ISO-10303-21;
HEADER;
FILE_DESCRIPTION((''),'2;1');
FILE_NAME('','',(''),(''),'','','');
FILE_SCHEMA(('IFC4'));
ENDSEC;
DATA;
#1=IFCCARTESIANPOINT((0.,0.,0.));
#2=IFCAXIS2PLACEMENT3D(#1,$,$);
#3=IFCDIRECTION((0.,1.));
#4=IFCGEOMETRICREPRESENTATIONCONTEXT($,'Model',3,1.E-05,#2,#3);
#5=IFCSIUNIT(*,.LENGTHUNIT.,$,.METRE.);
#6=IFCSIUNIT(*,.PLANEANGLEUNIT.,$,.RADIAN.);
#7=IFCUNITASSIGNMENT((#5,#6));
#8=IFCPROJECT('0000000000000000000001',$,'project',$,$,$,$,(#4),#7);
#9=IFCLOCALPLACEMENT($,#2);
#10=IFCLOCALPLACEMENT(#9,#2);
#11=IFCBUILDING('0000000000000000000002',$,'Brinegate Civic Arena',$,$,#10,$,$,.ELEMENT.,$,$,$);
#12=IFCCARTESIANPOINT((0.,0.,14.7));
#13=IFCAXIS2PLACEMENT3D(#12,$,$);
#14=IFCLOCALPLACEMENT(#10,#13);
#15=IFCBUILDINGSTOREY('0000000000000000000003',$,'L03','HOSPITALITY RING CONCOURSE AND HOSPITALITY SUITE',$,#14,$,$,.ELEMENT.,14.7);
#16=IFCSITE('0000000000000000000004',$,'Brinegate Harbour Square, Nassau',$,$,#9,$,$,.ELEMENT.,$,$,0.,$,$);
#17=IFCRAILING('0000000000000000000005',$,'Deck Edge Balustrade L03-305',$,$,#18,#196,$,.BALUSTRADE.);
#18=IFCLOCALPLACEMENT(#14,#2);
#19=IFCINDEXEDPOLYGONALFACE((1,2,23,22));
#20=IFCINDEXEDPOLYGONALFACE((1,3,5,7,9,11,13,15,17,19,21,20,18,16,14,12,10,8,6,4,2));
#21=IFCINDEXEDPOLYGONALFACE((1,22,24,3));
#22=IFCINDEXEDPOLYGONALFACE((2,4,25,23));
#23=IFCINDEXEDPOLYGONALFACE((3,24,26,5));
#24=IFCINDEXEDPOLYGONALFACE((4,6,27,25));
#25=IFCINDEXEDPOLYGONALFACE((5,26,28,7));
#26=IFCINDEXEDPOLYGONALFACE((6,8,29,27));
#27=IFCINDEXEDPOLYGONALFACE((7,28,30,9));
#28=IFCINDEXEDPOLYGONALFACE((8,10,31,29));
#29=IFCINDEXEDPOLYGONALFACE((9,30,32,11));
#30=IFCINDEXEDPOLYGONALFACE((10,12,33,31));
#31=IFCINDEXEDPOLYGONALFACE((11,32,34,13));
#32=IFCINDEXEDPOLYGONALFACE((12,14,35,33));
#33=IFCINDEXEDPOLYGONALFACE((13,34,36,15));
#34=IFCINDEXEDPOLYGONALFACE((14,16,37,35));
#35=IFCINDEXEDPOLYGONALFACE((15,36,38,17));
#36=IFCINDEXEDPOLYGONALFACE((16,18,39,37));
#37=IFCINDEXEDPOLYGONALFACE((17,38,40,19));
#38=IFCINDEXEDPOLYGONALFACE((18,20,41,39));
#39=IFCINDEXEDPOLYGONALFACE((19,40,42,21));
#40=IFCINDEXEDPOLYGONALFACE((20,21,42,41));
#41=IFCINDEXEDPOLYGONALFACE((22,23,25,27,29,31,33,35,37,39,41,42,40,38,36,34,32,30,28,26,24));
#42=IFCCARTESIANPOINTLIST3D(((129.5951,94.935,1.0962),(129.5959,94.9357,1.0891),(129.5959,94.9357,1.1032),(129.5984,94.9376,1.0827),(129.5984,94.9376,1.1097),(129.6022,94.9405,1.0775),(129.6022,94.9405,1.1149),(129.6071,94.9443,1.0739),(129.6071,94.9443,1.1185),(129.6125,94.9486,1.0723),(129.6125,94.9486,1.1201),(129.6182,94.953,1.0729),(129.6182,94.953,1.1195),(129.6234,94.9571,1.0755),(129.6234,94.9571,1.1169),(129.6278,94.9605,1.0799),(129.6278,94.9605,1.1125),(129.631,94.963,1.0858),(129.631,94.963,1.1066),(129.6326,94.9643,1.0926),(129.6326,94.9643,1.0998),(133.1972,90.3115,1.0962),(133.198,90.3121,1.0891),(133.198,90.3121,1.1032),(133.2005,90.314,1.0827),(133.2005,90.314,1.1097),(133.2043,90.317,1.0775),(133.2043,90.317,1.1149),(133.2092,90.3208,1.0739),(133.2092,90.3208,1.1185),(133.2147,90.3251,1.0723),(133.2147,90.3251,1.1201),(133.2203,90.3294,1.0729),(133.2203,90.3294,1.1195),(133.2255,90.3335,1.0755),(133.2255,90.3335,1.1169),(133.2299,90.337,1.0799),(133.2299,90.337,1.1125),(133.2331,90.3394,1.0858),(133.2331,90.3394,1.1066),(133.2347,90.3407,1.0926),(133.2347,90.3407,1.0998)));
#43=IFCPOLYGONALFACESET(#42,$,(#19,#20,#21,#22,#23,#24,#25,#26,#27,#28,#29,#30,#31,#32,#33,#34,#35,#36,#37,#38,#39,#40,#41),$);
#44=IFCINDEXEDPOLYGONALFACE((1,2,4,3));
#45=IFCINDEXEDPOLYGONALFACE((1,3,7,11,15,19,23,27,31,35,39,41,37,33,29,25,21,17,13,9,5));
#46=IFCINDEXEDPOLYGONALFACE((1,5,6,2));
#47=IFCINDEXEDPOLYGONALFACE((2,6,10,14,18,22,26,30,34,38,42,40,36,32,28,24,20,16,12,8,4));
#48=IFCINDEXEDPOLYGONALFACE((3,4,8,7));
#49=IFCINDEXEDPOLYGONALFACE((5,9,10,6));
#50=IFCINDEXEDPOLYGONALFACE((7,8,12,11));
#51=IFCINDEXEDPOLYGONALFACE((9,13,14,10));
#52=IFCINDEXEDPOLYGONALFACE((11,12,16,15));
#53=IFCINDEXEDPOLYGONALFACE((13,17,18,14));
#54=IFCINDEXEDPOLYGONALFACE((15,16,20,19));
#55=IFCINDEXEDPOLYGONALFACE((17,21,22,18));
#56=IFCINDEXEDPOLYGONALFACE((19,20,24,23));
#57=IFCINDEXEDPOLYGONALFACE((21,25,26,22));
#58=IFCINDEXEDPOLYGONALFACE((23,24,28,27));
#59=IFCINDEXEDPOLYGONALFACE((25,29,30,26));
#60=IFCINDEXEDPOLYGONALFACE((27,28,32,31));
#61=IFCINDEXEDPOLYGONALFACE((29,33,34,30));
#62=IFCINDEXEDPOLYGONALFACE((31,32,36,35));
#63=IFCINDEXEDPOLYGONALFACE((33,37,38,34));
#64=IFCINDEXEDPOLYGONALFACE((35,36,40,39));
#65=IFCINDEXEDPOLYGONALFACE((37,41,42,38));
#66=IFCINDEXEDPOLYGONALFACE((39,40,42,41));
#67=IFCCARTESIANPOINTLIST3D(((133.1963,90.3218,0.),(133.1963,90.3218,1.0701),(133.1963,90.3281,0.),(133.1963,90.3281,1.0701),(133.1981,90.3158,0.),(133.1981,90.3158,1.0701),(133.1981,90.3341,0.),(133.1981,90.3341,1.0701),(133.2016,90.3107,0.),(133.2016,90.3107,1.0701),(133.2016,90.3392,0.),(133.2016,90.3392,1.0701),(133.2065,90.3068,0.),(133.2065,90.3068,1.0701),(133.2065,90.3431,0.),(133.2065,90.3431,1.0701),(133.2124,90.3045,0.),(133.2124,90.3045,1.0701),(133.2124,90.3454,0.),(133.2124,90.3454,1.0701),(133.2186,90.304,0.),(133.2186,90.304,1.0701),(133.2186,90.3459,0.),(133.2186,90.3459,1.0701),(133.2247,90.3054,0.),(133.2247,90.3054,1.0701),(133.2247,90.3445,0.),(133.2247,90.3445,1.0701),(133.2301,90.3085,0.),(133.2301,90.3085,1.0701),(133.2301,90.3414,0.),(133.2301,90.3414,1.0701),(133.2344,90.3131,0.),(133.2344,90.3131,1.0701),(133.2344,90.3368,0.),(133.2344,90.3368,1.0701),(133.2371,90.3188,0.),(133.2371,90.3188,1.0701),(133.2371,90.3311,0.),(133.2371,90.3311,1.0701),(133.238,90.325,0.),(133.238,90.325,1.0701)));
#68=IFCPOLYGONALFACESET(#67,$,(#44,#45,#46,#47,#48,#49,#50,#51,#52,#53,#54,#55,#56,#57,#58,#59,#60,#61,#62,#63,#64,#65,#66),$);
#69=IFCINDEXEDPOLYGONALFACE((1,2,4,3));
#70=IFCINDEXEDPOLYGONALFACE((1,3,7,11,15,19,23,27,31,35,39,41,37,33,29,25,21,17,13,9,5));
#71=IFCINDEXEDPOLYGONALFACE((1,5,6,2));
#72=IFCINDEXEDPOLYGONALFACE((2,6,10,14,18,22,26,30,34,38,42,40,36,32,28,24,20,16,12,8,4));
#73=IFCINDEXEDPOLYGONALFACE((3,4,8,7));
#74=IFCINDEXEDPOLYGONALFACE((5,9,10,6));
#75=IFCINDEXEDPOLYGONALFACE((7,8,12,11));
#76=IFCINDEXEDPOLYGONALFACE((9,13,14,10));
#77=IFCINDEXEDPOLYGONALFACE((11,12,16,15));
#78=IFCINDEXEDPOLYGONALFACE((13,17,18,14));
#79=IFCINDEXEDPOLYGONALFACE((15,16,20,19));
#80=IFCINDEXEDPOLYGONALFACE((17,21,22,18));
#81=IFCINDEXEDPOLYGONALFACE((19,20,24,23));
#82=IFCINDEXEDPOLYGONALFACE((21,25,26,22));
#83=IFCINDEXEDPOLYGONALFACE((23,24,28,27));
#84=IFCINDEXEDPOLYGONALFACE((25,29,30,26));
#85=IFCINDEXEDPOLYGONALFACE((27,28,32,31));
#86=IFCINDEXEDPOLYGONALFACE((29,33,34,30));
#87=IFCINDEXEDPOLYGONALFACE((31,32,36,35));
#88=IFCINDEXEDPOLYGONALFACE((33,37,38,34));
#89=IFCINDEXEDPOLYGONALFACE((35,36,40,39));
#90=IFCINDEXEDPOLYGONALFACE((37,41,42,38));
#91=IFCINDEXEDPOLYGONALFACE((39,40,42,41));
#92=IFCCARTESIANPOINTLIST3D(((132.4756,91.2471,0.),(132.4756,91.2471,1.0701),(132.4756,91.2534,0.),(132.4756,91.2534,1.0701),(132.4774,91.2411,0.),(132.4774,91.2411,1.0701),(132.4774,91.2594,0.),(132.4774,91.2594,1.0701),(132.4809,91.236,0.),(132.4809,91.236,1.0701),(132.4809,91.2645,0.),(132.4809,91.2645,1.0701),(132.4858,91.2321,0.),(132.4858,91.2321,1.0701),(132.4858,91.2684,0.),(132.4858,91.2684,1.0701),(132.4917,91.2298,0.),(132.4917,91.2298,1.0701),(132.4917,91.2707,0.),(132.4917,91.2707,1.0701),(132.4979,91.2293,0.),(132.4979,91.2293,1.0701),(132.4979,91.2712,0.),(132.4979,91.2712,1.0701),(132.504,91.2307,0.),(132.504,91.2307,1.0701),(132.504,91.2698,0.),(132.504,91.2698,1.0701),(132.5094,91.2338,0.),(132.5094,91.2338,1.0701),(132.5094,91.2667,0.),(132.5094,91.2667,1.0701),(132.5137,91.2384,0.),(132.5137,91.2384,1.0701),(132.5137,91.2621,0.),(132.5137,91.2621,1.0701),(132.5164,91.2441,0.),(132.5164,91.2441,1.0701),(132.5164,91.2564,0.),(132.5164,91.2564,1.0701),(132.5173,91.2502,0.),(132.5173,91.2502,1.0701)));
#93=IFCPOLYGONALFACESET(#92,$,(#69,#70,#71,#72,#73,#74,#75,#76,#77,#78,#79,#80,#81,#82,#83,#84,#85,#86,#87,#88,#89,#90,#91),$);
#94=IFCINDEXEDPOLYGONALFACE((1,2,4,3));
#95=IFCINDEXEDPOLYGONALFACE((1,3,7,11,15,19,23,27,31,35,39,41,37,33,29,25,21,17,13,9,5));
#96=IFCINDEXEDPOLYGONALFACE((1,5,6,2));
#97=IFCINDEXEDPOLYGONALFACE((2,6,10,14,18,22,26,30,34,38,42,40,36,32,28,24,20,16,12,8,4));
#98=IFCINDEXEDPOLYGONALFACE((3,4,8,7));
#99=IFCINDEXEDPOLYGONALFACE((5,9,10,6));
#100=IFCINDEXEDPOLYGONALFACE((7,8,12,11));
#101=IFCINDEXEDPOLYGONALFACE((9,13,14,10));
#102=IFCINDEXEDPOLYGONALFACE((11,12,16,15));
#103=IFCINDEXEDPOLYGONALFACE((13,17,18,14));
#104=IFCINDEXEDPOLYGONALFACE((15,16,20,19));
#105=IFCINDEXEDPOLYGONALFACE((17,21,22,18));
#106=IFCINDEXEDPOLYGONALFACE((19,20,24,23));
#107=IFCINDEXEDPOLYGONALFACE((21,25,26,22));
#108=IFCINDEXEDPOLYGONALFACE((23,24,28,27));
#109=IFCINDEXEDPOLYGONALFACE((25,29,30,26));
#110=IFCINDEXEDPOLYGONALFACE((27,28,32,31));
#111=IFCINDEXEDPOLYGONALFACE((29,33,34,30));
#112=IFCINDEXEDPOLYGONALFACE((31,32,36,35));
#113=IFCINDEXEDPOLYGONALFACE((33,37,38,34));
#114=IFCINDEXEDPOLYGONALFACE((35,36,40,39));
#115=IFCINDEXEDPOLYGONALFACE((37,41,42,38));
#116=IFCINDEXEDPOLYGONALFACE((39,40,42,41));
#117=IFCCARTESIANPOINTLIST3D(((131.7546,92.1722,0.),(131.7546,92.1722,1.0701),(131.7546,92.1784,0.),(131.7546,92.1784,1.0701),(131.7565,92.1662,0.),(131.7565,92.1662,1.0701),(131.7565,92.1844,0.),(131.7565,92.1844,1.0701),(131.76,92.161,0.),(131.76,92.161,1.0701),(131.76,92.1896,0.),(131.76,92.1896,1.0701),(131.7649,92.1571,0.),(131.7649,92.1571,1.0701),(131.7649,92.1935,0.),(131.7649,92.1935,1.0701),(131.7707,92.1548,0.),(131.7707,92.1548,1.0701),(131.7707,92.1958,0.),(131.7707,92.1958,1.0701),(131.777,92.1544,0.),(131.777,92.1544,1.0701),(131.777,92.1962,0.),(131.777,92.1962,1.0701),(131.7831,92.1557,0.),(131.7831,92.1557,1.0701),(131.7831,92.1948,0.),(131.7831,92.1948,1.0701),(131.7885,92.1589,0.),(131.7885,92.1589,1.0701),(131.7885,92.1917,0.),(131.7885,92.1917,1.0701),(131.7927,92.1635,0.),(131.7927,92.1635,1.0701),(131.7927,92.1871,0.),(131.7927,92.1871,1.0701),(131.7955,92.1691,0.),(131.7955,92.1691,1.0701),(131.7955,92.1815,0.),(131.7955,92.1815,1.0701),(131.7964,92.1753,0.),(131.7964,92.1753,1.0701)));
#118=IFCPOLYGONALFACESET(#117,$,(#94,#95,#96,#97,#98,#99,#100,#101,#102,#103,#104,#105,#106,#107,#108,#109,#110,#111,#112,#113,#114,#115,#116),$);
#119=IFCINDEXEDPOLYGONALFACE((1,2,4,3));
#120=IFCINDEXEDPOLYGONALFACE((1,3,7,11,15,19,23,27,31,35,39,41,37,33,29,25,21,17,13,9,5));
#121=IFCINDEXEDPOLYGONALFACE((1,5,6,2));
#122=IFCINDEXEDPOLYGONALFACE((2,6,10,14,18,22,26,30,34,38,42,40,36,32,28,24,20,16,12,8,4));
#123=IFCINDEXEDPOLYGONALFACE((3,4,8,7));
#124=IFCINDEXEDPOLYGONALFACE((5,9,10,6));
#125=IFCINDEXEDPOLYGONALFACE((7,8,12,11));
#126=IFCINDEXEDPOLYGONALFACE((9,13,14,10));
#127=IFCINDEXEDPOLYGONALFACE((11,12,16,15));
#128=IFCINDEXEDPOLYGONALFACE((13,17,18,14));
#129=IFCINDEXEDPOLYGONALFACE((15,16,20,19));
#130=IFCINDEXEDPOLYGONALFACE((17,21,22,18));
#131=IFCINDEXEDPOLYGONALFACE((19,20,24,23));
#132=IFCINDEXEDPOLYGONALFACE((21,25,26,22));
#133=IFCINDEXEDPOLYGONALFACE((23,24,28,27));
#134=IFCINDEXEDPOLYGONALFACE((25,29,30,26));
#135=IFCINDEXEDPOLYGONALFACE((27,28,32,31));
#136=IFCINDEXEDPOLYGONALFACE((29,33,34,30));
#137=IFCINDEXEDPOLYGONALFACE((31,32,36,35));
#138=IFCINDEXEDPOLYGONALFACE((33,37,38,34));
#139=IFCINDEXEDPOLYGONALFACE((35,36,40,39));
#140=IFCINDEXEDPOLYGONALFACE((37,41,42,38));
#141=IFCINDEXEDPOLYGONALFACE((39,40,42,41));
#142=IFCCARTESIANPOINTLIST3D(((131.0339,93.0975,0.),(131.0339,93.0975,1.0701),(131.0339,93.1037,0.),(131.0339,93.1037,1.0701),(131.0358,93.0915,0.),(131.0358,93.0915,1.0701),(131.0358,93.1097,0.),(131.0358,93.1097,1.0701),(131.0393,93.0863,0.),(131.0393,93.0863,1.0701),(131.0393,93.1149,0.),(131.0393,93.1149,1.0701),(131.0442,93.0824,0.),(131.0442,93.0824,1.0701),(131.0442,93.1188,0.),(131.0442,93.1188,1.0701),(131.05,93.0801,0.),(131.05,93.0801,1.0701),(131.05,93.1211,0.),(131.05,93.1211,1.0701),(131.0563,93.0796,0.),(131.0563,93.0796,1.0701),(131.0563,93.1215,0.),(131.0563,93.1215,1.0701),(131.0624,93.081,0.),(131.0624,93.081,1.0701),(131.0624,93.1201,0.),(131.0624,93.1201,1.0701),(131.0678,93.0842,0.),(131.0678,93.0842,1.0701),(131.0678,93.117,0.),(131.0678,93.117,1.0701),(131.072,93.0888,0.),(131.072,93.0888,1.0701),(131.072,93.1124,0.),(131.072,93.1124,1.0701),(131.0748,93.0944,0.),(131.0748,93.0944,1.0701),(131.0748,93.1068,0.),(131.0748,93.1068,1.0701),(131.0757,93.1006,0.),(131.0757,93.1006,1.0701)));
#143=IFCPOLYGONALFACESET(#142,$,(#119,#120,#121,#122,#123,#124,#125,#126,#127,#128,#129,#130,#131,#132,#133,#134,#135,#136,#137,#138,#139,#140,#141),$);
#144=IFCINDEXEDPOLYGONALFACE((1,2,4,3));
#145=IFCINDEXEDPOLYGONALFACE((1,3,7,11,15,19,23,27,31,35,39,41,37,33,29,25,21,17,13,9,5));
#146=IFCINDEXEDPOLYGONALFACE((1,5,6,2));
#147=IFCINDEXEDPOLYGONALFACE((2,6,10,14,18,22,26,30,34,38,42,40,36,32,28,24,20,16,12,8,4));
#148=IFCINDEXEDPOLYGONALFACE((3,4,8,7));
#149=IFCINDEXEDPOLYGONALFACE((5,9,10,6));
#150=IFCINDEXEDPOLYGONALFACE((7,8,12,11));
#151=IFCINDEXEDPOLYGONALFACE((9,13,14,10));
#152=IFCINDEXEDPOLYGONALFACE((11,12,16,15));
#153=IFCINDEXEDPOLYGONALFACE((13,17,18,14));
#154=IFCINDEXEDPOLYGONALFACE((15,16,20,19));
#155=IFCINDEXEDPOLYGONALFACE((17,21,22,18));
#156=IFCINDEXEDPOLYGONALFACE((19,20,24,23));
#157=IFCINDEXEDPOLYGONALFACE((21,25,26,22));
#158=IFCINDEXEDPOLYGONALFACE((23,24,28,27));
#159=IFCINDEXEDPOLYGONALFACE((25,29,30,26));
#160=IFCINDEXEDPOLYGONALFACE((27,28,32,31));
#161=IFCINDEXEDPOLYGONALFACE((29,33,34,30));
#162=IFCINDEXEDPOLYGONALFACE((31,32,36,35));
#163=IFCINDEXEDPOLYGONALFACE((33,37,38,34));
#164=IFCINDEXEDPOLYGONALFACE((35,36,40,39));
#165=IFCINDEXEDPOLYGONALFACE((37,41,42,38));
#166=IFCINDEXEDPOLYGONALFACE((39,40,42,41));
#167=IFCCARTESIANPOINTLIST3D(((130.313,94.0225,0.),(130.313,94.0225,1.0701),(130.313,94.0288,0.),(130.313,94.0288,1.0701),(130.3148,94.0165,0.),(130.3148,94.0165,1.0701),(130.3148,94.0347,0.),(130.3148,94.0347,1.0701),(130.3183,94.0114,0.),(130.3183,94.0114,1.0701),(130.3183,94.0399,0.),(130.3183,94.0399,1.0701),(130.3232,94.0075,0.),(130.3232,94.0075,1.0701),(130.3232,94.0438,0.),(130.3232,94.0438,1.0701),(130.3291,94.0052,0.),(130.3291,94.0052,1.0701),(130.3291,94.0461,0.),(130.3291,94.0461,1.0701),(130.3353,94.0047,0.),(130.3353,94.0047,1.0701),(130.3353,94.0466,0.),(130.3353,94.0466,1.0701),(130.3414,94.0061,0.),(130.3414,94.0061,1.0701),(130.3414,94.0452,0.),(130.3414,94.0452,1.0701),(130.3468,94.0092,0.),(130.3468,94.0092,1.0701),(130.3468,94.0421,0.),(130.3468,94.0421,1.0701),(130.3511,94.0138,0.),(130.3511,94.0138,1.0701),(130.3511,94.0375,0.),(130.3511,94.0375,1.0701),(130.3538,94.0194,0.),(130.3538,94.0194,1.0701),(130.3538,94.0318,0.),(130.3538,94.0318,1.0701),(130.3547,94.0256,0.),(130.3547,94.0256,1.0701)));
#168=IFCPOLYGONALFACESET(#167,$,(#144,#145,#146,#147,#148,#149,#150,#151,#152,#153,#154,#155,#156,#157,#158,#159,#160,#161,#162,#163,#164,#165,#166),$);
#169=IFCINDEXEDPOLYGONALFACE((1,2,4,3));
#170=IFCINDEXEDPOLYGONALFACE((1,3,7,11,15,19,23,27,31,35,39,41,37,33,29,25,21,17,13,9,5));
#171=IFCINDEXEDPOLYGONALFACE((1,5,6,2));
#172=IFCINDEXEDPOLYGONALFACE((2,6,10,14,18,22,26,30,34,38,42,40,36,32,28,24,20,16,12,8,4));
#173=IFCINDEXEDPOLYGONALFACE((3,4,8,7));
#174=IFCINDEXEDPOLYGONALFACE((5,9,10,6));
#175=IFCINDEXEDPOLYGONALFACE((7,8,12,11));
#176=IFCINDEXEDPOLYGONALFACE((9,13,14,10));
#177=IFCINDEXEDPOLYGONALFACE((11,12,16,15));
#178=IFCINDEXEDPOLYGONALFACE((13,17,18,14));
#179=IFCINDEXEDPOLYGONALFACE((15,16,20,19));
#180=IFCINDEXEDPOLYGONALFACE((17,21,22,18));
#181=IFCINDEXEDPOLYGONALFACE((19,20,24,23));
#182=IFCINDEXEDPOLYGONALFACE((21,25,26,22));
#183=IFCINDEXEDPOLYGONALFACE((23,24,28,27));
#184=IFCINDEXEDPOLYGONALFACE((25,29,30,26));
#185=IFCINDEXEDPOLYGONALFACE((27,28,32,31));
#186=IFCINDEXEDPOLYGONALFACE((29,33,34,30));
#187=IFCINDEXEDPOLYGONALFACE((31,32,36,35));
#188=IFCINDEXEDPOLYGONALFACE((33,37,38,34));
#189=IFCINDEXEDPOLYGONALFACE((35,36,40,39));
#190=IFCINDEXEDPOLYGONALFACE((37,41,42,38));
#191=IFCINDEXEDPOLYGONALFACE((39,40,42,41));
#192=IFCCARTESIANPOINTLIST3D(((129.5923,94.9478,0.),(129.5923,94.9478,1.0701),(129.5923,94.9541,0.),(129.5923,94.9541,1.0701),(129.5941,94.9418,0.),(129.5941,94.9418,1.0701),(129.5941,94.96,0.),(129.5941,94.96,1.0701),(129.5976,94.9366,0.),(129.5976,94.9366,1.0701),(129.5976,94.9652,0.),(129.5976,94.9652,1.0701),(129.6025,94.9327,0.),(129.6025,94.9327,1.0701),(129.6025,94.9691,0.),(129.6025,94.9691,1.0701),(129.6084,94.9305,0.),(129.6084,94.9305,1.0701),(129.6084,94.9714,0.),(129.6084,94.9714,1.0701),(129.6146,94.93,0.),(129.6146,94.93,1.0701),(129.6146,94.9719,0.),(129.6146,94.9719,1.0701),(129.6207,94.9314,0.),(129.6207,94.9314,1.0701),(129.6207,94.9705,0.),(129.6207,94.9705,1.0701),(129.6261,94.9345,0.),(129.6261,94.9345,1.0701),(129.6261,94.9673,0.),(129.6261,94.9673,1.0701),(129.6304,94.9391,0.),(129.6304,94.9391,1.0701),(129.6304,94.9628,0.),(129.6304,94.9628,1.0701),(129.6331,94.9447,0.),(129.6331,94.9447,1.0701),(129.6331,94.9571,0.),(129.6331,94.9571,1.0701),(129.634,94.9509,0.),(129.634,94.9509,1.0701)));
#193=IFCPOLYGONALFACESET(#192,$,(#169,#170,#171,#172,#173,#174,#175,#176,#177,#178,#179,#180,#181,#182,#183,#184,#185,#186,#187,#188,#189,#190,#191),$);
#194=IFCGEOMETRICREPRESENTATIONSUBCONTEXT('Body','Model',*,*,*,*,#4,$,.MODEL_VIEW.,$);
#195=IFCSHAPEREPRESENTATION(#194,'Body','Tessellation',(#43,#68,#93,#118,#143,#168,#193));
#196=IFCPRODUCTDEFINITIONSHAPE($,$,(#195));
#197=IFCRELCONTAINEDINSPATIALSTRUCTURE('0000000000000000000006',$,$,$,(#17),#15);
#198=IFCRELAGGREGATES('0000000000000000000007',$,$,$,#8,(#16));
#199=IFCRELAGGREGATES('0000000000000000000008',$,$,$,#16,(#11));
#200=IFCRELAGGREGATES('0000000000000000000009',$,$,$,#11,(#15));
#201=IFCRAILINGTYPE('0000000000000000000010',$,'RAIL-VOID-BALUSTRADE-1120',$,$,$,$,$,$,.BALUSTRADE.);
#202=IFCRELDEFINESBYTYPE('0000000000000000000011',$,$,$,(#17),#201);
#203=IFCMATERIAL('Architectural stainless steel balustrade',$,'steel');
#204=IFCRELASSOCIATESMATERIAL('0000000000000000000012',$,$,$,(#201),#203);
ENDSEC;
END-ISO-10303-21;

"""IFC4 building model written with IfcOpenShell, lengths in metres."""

from ifc_helpers import new_model, si_unit, direction, frame, origin, origin_2d, place, context, subcontext, project, spatial, circle, extrude, material, type_object, element, save


model = new_model("IFC4")

# Units and contexts
model_context = context("Model", 3, precision=1e-05, world=origin(), true_north=direction((0.0, 1.0)))
body_context = subcontext(model_context, "Body", "Model", "MODEL_VIEW")
ifc_project = project(units=[si_unit("LENGTHUNIT", "METRE"), si_unit("PLANEANGLEUNIT", "RADIAN")], contexts=[model_context])

# Site, building, storey
site_placement = place(None, origin())
site = spatial("IfcSite", under=ifc_project, at=site_placement, Name="Brinegate Harbour Square, Nassau", CompositionType="ELEMENT", RefElevation=0.0)
building_placement = place(site_placement, origin())
building = spatial("IfcBuilding", under=site, at=building_placement, Name="Brinegate Civic Arena", CompositionType="ELEMENT")
storey_placement = place(building_placement, frame((0.0, 0.0, 14.7)))
storey = spatial("IfcBuildingStorey", under=building, at=storey_placement, Name="L03", Description="HOSPITALITY RING CONCOURSE AND HOSPITALITY SUITE", CompositionType="ELEMENT", Elevation=14.7)

# Railing
ifc_material_1 = material(Name="Architectural stainless steel balustrade", Category="steel")
railing_type_1 = type_object("IfcRailingType", Name="RAIL-VOID-BALUSTRADE-1120", PredefinedType="BALUSTRADE", material=ifc_material_1)
railing_1_placement = place(storey_placement, frame((133.217, 90.325, 0.0)))
element("IfcRailing", 1, at=railing_1_placement, inside=storey, type_object=railing_type_1, Name="Deck Edge Balustrade L03-305", PredefinedType="BALUSTRADE", context=body_context, shape_type="SweptSolid", body=[
    extrude(circle(Radius=0.0239, at=origin_2d()), frame((-0.001, 0.0012, 1.0962), z_axis=(-0.61458, 0.788854, 0.0), x_axis=(-0.788854, -0.61458, 0.0)), (0.0, 0.0, 1.0), 5.8611),
    extrude(circle(Radius=0.021, at=origin_2d()), origin(), (0.0, 0.0, 1.0), 1.0701),
    extrude(circle(Radius=0.021, at=origin_2d()), frame((-0.7207, 0.9253, 0.0)), (0.0, 0.0, 1.0), 1.0701),
    extrude(circle(Radius=0.021, at=origin_2d()), frame((-1.4417, 1.8503, 0.0)), (0.0, 0.0, 1.0), 1.0701),
    extrude(circle(Radius=0.021, at=origin_2d()), frame((-2.1624, 2.7756, 0.0)), (0.0, 0.0, 1.0), 1.0701),
    extrude(circle(Radius=0.021, at=origin_2d()), frame((-2.8833, 3.7007, 0.0)), (0.0, 0.0, 1.0), 1.0701),
    extrude(circle(Radius=0.021, at=origin_2d()), frame((-3.604, 4.626, 0.0)), (0.0, 0.0, 1.0), 1.0701),
])

save(model, "model.ifc")
